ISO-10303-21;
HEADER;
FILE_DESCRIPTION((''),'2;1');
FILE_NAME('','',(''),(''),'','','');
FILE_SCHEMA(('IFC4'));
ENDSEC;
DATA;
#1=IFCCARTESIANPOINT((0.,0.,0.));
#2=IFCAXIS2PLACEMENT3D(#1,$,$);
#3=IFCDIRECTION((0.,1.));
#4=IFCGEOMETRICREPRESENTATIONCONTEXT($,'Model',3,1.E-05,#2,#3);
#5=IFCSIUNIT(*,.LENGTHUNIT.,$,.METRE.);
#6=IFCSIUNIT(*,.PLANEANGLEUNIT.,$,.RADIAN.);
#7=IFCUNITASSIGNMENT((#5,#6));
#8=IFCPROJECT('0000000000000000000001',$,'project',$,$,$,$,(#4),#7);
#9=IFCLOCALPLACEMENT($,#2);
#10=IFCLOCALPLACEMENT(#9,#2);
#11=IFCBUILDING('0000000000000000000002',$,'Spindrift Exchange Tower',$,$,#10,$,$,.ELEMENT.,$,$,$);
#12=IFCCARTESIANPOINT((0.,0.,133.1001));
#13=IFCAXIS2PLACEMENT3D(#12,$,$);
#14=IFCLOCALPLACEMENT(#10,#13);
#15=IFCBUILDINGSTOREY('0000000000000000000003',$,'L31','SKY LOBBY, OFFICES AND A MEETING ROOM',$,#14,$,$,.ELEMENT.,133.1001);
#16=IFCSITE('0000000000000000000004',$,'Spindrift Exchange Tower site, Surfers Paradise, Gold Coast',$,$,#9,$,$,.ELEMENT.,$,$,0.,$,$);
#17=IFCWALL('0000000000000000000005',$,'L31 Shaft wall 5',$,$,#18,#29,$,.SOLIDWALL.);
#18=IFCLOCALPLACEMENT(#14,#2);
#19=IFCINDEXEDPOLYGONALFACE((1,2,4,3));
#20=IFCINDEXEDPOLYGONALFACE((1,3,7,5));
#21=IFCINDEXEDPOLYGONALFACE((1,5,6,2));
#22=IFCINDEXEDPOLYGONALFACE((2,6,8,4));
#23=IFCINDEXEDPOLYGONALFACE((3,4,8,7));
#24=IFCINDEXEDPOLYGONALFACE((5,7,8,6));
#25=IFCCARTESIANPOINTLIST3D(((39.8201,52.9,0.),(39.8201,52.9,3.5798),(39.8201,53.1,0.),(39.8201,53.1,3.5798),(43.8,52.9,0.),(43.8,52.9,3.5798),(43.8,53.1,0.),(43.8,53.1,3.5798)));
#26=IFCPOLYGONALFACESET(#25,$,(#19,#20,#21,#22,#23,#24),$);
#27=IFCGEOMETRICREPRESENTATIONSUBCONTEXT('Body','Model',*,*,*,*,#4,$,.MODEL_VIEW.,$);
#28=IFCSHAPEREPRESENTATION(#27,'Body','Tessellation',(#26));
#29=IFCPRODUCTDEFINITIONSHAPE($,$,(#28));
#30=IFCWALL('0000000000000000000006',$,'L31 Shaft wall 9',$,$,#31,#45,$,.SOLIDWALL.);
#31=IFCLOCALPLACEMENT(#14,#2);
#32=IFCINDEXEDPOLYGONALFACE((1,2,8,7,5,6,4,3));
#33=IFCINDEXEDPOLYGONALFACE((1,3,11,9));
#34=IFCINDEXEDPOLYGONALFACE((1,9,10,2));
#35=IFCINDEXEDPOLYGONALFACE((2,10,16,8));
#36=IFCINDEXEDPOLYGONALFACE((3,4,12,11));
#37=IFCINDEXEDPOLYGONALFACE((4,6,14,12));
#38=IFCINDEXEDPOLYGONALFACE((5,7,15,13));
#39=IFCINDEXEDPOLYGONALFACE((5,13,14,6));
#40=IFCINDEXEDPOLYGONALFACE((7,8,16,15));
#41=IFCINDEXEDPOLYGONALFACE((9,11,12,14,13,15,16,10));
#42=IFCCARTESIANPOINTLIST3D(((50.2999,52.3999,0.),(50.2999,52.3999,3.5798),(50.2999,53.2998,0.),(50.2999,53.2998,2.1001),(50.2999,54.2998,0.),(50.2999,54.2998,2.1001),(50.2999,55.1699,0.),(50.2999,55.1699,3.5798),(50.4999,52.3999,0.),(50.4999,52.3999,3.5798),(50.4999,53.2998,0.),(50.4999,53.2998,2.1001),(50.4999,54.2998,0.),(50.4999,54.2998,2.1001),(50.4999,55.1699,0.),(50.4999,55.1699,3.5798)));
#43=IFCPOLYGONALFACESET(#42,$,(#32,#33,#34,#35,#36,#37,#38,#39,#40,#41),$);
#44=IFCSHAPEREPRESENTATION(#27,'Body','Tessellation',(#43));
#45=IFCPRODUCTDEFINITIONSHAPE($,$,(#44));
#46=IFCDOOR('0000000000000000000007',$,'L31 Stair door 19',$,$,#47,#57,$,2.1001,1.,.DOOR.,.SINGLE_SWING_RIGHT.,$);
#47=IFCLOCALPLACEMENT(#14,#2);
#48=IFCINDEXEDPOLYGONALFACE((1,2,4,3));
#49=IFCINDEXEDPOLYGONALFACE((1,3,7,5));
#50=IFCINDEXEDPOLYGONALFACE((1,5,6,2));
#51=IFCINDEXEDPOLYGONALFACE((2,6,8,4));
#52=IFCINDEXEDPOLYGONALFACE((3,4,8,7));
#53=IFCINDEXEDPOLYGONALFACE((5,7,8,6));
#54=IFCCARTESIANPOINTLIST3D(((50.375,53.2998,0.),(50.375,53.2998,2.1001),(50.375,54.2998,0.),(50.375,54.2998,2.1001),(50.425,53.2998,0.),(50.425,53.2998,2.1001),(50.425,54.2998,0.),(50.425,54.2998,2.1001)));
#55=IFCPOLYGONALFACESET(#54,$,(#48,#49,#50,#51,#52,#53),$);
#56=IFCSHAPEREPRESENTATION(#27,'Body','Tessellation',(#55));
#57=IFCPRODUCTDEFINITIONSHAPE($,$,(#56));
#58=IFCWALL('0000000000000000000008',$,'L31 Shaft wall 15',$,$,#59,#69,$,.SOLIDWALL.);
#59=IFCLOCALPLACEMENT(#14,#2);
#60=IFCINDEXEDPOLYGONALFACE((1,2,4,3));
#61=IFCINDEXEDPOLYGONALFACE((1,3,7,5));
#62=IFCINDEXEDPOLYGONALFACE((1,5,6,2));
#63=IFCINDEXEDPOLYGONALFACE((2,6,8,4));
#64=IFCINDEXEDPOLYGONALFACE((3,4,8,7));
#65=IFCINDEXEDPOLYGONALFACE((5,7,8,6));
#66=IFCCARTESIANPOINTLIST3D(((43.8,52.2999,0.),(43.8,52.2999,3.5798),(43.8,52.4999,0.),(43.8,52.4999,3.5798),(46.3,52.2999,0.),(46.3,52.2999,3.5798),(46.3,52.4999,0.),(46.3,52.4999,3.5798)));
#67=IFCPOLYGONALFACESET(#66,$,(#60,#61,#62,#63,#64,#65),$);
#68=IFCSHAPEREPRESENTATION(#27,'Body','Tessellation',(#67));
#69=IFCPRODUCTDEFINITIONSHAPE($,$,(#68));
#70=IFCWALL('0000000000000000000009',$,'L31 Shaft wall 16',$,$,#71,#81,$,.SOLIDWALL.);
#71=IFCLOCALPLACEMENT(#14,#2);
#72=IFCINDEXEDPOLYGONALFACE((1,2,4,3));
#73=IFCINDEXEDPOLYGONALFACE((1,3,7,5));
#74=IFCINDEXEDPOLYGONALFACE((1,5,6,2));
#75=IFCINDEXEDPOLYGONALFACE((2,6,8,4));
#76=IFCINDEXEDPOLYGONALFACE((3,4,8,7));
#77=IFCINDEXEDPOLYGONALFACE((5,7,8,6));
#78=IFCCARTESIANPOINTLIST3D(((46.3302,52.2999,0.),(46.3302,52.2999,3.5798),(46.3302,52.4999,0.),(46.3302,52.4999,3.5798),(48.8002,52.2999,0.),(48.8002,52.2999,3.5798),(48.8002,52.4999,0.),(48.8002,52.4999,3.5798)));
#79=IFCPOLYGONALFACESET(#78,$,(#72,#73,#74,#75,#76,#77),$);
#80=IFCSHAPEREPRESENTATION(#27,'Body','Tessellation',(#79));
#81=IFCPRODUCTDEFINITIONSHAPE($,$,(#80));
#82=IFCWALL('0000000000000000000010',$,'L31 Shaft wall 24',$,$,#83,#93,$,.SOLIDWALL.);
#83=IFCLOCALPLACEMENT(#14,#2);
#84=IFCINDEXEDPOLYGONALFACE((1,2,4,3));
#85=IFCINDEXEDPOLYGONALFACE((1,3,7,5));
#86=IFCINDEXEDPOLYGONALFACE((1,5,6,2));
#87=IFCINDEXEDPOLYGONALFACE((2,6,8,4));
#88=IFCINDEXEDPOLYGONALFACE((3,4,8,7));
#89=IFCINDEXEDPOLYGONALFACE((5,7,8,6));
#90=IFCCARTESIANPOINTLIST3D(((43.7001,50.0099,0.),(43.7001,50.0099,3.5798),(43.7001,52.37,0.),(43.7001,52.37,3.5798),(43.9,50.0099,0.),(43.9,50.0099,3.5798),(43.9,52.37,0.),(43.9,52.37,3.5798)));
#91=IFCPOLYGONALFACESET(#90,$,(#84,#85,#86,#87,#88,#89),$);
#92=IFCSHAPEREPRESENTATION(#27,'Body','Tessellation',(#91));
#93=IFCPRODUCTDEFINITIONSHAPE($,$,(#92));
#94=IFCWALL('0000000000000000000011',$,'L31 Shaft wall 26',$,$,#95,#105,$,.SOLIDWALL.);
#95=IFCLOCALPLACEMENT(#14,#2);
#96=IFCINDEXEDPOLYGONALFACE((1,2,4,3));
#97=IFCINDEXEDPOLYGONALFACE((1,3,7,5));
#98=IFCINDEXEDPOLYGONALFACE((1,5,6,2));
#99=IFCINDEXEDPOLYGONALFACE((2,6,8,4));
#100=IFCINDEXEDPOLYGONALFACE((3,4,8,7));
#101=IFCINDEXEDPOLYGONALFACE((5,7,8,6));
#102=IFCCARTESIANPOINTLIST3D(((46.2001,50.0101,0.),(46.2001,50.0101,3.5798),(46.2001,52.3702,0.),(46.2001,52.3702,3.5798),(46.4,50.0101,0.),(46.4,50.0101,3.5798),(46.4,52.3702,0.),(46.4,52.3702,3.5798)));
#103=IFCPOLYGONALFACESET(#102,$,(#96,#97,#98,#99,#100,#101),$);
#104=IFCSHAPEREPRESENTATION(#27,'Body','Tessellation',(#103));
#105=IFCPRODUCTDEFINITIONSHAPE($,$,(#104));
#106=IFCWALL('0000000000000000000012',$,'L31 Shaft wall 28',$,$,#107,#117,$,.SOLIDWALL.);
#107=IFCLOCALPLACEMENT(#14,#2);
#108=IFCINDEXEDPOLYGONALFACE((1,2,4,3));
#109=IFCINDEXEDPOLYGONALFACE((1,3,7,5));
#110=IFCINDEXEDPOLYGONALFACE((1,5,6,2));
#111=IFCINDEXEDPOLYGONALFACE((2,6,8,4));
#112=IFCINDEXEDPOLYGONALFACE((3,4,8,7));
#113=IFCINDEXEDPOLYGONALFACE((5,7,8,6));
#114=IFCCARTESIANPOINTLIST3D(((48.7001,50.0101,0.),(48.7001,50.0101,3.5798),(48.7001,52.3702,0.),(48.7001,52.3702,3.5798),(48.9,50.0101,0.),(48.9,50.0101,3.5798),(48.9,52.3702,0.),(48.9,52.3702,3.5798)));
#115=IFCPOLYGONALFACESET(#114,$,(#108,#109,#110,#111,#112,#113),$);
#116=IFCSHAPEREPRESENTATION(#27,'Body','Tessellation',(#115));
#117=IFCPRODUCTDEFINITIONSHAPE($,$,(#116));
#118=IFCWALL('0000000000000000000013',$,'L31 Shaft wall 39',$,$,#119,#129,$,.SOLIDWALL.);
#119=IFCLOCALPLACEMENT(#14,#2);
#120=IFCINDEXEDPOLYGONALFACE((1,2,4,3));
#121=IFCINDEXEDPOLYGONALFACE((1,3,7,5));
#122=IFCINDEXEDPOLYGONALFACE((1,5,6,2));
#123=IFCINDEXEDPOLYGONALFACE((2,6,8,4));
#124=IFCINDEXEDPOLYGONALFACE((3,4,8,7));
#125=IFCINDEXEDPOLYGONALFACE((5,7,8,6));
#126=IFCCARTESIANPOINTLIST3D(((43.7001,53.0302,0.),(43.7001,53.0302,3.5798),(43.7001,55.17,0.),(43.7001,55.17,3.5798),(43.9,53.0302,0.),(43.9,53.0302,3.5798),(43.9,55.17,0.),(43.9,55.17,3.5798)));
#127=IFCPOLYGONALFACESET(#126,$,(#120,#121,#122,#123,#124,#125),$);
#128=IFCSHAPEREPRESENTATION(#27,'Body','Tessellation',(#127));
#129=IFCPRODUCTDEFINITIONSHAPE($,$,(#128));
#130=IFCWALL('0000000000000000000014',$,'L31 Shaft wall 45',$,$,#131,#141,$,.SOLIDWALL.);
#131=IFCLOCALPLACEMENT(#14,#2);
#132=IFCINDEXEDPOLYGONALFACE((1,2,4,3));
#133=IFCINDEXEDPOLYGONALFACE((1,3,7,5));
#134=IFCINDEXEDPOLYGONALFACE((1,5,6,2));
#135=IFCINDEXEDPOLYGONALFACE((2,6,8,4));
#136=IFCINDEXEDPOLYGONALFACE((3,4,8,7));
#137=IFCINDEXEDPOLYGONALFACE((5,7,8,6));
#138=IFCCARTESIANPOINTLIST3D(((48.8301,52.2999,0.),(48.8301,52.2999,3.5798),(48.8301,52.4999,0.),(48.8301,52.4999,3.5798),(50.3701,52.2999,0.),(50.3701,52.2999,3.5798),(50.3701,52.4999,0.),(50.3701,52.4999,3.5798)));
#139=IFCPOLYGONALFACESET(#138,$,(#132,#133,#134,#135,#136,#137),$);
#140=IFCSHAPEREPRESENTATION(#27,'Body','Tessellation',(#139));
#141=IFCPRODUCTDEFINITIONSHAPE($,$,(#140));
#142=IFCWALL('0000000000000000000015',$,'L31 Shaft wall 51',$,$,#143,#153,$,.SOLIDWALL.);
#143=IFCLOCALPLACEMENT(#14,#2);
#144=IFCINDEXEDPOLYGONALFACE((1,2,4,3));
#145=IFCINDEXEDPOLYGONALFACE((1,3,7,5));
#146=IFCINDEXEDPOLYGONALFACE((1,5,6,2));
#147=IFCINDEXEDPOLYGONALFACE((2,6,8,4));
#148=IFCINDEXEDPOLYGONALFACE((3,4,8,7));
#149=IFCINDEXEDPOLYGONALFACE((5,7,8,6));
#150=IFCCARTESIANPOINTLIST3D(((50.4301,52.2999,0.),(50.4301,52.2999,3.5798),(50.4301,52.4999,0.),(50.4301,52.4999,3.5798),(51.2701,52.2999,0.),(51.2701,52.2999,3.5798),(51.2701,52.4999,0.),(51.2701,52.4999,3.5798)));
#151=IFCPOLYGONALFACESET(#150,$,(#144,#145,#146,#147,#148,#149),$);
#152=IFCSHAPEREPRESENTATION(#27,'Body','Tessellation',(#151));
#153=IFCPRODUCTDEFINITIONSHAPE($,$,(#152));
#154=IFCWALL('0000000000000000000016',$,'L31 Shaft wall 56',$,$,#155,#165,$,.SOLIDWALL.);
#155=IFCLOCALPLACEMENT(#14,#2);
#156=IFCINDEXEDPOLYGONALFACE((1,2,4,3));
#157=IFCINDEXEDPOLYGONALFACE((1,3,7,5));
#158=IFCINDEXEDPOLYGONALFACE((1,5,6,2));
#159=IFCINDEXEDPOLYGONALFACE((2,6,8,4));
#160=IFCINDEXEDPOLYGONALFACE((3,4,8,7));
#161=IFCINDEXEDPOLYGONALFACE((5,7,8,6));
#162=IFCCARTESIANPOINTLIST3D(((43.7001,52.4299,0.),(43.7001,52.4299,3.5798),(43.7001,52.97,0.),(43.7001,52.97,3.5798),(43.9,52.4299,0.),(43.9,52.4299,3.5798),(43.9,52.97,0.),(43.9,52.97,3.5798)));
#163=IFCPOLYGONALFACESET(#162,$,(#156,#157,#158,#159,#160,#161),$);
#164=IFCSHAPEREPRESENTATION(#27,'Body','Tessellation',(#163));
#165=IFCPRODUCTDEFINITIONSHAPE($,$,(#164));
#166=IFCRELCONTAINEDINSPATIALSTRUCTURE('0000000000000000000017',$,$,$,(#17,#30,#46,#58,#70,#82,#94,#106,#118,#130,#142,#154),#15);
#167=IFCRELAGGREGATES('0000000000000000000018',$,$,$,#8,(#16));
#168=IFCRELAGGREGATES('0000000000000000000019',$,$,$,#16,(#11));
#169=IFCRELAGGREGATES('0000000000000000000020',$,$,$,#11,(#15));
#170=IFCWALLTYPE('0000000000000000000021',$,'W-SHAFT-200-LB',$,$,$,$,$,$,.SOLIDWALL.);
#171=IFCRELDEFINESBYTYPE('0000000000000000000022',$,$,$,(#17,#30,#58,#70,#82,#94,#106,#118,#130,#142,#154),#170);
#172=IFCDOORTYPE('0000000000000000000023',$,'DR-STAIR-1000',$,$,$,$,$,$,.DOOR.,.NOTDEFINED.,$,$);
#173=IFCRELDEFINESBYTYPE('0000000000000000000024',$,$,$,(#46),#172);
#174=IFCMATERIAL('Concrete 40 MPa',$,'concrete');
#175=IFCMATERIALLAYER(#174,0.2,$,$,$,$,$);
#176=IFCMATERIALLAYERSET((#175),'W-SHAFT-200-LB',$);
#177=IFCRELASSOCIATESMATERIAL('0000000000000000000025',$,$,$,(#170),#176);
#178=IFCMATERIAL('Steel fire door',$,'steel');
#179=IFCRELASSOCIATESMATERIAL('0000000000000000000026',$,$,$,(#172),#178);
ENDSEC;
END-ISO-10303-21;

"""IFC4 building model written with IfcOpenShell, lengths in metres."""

from ifc_helpers import new_model, si_unit, direction, frame, frame_2d, origin, place, context, subcontext, project, spatial, rectangle, extrude, source, transform, mapped, material, layer, layer_set, type_object, element, fill, save


model = new_model("IFC4")

# Units and contexts
model_context = context("Model", 3, precision=1e-05, world=origin(), true_north=direction((0.0, 1.0)))
body_context = subcontext(model_context, "Body", "Model", "MODEL_VIEW")
ifc_project = project(units=[si_unit("LENGTHUNIT", "METRE"), si_unit("PLANEANGLEUNIT", "RADIAN")], contexts=[model_context])

# Site, building, storey
site_placement = place(None, origin())
site = spatial("IfcSite", under=ifc_project, at=site_placement, Name="Spindrift Exchange Tower site, Surfers Paradise, Gold Coast", CompositionType="ELEMENT", RefElevation=0.0)
building_placement = place(site_placement, origin())
building = spatial("IfcBuilding", under=site, at=building_placement, Name="Spindrift Exchange Tower", CompositionType="ELEMENT")
storey_placement = place(building_placement, frame((0.0, 0.0, 133.1001)))
storey = spatial("IfcBuildingStorey", under=building, at=storey_placement, Name="L31", Description="SKY LOBBY, OFFICES AND A MEETING ROOM", CompositionType="ELEMENT", Elevation=133.1001)

# Shared definitions
ifc_material_1 = material(Name="Concrete 40 MPa", Category="concrete")

# Shared definitions
ifc_layer_1 = layer(ifc_material_1, 0.2)
ifc_layer_set_1 = layer_set([ifc_layer_1], Name="W-SHAFT-200-LB")
wall_type_1 = type_object("IfcWallType", Name="W-SHAFT-200-LB", PredefinedType="SOLIDWALL", material=ifc_layer_set_1)
ifc_material_2 = material(Name="Steel fire door", Category="steel")

# Wall
wall_1_placement = place(storey_placement, frame((43.8, 53.0, 0.0), z_axis=(0.0, 0.0, 1.0), x_axis=(-1.0, 0.0, 0.0)))
element("IfcWall", 1, at=wall_1_placement, inside=storey, type_object=wall_type_1, Name="L31 Shaft wall 5", PredefinedType="SOLIDWALL", context=body_context, shape_type="SweptSolid", body=[
    extrude(rectangle(XDim=3.98, YDim=0.2, at=frame_2d((1.99, 0.0))), origin(), (0.0, 0.0, 1.0), 3.5798),
])

# Wall, opening, door
wall_2_placement = place(storey_placement, frame((50.3999, 52.3999, 0.0), z_axis=(0.0, 0.0, 1.0), x_axis=(0.0, 1.0, 0.0)))
wall_2 = element("IfcWall", 2, at=wall_2_placement, inside=storey, type_object=wall_type_1, Name="L31 Shaft wall 9", PredefinedType="SOLIDWALL", context=body_context, shape_type="SweptSolid", body=[
    extrude(rectangle(XDim=2.77, YDim=0.2, at=frame_2d((1.385, 0.0))), origin(), (0.0, 0.0, 1.0), 3.5798),
])
opening_1_placement = place(wall_2_placement, frame((0.8999, 0.0, 0.0)))
opening_1 = element("IfcOpeningElement", 3, at=opening_1_placement, cuts=wall_2, PredefinedType="OPENING", context=body_context, shape_type="SweptSolid", body=[
    extrude(rectangle(XDim=1.0, YDim=2.1001, at=frame_2d((0.5, 1.05))), frame((0.0, 0.1099, 0.0), z_axis=(0.0, -1.0, 0.0), x_axis=(1.0, 0.0, 0.0)), (0.0, 0.0, 1.0), 0.22),
])
door_type_1 = type_object("IfcDoorType", Name="DR-STAIR-1000", OperationType="NOTDEFINED", PredefinedType="DOOR", material=ifc_material_2)
shared_shape_1 = source(origin(), body_context, "Body", "SweptSolid", [
    extrude(rectangle(XDim=1.0, YDim=2.1001, at=frame_2d((0.5, 1.05))), frame((0.0, 0.0249, 0.0), z_axis=(0.0, -1.0, 0.0), x_axis=(1.0, 0.0, 0.0)), (0.0, 0.0, 1.0), 0.05),
])
door_1_placement = place(opening_1_placement, origin())
door_1 = element("IfcDoor", 4, at=door_1_placement, inside=storey, type_object=door_type_1, Name="L31 Stair door 19", OperationType="SINGLE_SWING_RIGHT", OverallHeight=2.1001, OverallWidth=1.0, PredefinedType="DOOR", context=body_context, shape_type="MappedRepresentation", body=[
    mapped(shared_shape_1, transform((0.0, 0.0, 0.0), scale=1.0)),
])
fill(opening_1, door_1)

# Walls
wall_3_placement = place(storey_placement, frame((46.3, 52.3999, 0.0), z_axis=(0.0, 0.0, 1.0), x_axis=(-1.0, 0.0, 0.0)))
element("IfcWall", 5, at=wall_3_placement, inside=storey, type_object=wall_type_1, Name="L31 Shaft wall 15", PredefinedType="SOLIDWALL", context=body_context, shape_type="SweptSolid", body=[
    extrude(rectangle(XDim=2.5, YDim=0.2, at=frame_2d((1.25, 0.0))), origin(), (0.0, 0.0, 1.0), 3.5798),
])
wall_4_placement = place(storey_placement, frame((48.8, 52.3999, 0.0), z_axis=(0.0, 0.0, 1.0), x_axis=(-1.0, 0.0, 0.0)))
element("IfcWall", 6, at=wall_4_placement, inside=storey, type_object=wall_type_1, Name="L31 Shaft wall 16", PredefinedType="SOLIDWALL", context=body_context, shape_type="SweptSolid", body=[
    extrude(rectangle(XDim=2.47, YDim=0.2, at=frame_2d((1.2349, 0.0))), origin(), (0.0, 0.0, 1.0), 3.5798),
])
for number, where, z_axis, x_axis, name in (
    (7, (43.8, 52.3701, 0.0), (0.0, 0.0, 1.0), (0.0, -1.0, 0.0), "L31 Shaft wall 24"),
    (8, (46.3, 50.01, 0.0), (0.0, 0.0, 1.0), (0.0, 1.0, 0.0), "L31 Shaft wall 26"),
    (9, (48.8, 50.01, 0.0), (0.0, 0.0, 1.0), (0.0, 1.0, 0.0), "L31 Shaft wall 28"),
):
    element("IfcWall", number, at=place(storey_placement, frame(where, z_axis=z_axis, x_axis=x_axis)), inside=storey, type_object=wall_type_1, Name=name, PredefinedType="SOLIDWALL", context=body_context, shape_type="SweptSolid", body=[
        extrude(rectangle(XDim=2.3601, YDim=0.2, at=frame_2d((1.1802, 0.0))), origin(), (0.0, 0.0, 1.0), 3.5798),
    ])
wall_5_placement = place(storey_placement, frame((43.8, 55.1699, 0.0), z_axis=(0.0, 0.0, 1.0), x_axis=(0.0, -1.0, 0.0)))
element("IfcWall", 10, at=wall_5_placement, inside=storey, type_object=wall_type_1, Name="L31 Shaft wall 39", PredefinedType="SOLIDWALL", context=body_context, shape_type="SweptSolid", body=[
    extrude(rectangle(XDim=2.1399, YDim=0.2, at=frame_2d((1.0698, 0.0))), origin(), (0.0, 0.0, 1.0), 3.5798),
])
wall_6_placement = place(storey_placement, frame((50.3701, 52.3999, 0.0), z_axis=(0.0, 0.0, 1.0), x_axis=(-1.0, 0.0, 0.0)))
element("IfcWall", 11, at=wall_6_placement, inside=storey, type_object=wall_type_1, Name="L31 Shaft wall 45", PredefinedType="SOLIDWALL", context=body_context, shape_type="SweptSolid", body=[
    extrude(rectangle(XDim=1.54, YDim=0.2, at=frame_2d((0.77, 0.0))), origin(), (0.0, 0.0, 1.0), 3.5798),
])
wall_7_placement = place(storey_placement, frame((51.27, 52.3999, 0.0), z_axis=(0.0, 0.0, 1.0), x_axis=(-1.0, 0.0, 0.0)))
element("IfcWall", 12, at=wall_7_placement, inside=storey, type_object=wall_type_1, Name="L31 Shaft wall 51", PredefinedType="SOLIDWALL", context=body_context, shape_type="SweptSolid", body=[
    extrude(rectangle(XDim=0.8401, YDim=0.2, at=frame_2d((0.4199, 0.0))), origin(), (0.0, 0.0, 1.0), 3.5798),
])
wall_8_placement = place(storey_placement, frame((43.8, 52.4299, 0.0), z_axis=(0.0, 0.0, 1.0), x_axis=(0.0, 1.0, 0.0)))
element("IfcWall", 13, at=wall_8_placement, inside=storey, type_object=wall_type_1, Name="L31 Shaft wall 56", PredefinedType="SOLIDWALL", context=body_context, shape_type="SweptSolid", body=[
    extrude(rectangle(XDim=0.54, YDim=0.2, at=frame_2d((0.27, 0.0))), origin(), (0.0, 0.0, 1.0), 3.5798),
])

save(model, "model.ifc")
